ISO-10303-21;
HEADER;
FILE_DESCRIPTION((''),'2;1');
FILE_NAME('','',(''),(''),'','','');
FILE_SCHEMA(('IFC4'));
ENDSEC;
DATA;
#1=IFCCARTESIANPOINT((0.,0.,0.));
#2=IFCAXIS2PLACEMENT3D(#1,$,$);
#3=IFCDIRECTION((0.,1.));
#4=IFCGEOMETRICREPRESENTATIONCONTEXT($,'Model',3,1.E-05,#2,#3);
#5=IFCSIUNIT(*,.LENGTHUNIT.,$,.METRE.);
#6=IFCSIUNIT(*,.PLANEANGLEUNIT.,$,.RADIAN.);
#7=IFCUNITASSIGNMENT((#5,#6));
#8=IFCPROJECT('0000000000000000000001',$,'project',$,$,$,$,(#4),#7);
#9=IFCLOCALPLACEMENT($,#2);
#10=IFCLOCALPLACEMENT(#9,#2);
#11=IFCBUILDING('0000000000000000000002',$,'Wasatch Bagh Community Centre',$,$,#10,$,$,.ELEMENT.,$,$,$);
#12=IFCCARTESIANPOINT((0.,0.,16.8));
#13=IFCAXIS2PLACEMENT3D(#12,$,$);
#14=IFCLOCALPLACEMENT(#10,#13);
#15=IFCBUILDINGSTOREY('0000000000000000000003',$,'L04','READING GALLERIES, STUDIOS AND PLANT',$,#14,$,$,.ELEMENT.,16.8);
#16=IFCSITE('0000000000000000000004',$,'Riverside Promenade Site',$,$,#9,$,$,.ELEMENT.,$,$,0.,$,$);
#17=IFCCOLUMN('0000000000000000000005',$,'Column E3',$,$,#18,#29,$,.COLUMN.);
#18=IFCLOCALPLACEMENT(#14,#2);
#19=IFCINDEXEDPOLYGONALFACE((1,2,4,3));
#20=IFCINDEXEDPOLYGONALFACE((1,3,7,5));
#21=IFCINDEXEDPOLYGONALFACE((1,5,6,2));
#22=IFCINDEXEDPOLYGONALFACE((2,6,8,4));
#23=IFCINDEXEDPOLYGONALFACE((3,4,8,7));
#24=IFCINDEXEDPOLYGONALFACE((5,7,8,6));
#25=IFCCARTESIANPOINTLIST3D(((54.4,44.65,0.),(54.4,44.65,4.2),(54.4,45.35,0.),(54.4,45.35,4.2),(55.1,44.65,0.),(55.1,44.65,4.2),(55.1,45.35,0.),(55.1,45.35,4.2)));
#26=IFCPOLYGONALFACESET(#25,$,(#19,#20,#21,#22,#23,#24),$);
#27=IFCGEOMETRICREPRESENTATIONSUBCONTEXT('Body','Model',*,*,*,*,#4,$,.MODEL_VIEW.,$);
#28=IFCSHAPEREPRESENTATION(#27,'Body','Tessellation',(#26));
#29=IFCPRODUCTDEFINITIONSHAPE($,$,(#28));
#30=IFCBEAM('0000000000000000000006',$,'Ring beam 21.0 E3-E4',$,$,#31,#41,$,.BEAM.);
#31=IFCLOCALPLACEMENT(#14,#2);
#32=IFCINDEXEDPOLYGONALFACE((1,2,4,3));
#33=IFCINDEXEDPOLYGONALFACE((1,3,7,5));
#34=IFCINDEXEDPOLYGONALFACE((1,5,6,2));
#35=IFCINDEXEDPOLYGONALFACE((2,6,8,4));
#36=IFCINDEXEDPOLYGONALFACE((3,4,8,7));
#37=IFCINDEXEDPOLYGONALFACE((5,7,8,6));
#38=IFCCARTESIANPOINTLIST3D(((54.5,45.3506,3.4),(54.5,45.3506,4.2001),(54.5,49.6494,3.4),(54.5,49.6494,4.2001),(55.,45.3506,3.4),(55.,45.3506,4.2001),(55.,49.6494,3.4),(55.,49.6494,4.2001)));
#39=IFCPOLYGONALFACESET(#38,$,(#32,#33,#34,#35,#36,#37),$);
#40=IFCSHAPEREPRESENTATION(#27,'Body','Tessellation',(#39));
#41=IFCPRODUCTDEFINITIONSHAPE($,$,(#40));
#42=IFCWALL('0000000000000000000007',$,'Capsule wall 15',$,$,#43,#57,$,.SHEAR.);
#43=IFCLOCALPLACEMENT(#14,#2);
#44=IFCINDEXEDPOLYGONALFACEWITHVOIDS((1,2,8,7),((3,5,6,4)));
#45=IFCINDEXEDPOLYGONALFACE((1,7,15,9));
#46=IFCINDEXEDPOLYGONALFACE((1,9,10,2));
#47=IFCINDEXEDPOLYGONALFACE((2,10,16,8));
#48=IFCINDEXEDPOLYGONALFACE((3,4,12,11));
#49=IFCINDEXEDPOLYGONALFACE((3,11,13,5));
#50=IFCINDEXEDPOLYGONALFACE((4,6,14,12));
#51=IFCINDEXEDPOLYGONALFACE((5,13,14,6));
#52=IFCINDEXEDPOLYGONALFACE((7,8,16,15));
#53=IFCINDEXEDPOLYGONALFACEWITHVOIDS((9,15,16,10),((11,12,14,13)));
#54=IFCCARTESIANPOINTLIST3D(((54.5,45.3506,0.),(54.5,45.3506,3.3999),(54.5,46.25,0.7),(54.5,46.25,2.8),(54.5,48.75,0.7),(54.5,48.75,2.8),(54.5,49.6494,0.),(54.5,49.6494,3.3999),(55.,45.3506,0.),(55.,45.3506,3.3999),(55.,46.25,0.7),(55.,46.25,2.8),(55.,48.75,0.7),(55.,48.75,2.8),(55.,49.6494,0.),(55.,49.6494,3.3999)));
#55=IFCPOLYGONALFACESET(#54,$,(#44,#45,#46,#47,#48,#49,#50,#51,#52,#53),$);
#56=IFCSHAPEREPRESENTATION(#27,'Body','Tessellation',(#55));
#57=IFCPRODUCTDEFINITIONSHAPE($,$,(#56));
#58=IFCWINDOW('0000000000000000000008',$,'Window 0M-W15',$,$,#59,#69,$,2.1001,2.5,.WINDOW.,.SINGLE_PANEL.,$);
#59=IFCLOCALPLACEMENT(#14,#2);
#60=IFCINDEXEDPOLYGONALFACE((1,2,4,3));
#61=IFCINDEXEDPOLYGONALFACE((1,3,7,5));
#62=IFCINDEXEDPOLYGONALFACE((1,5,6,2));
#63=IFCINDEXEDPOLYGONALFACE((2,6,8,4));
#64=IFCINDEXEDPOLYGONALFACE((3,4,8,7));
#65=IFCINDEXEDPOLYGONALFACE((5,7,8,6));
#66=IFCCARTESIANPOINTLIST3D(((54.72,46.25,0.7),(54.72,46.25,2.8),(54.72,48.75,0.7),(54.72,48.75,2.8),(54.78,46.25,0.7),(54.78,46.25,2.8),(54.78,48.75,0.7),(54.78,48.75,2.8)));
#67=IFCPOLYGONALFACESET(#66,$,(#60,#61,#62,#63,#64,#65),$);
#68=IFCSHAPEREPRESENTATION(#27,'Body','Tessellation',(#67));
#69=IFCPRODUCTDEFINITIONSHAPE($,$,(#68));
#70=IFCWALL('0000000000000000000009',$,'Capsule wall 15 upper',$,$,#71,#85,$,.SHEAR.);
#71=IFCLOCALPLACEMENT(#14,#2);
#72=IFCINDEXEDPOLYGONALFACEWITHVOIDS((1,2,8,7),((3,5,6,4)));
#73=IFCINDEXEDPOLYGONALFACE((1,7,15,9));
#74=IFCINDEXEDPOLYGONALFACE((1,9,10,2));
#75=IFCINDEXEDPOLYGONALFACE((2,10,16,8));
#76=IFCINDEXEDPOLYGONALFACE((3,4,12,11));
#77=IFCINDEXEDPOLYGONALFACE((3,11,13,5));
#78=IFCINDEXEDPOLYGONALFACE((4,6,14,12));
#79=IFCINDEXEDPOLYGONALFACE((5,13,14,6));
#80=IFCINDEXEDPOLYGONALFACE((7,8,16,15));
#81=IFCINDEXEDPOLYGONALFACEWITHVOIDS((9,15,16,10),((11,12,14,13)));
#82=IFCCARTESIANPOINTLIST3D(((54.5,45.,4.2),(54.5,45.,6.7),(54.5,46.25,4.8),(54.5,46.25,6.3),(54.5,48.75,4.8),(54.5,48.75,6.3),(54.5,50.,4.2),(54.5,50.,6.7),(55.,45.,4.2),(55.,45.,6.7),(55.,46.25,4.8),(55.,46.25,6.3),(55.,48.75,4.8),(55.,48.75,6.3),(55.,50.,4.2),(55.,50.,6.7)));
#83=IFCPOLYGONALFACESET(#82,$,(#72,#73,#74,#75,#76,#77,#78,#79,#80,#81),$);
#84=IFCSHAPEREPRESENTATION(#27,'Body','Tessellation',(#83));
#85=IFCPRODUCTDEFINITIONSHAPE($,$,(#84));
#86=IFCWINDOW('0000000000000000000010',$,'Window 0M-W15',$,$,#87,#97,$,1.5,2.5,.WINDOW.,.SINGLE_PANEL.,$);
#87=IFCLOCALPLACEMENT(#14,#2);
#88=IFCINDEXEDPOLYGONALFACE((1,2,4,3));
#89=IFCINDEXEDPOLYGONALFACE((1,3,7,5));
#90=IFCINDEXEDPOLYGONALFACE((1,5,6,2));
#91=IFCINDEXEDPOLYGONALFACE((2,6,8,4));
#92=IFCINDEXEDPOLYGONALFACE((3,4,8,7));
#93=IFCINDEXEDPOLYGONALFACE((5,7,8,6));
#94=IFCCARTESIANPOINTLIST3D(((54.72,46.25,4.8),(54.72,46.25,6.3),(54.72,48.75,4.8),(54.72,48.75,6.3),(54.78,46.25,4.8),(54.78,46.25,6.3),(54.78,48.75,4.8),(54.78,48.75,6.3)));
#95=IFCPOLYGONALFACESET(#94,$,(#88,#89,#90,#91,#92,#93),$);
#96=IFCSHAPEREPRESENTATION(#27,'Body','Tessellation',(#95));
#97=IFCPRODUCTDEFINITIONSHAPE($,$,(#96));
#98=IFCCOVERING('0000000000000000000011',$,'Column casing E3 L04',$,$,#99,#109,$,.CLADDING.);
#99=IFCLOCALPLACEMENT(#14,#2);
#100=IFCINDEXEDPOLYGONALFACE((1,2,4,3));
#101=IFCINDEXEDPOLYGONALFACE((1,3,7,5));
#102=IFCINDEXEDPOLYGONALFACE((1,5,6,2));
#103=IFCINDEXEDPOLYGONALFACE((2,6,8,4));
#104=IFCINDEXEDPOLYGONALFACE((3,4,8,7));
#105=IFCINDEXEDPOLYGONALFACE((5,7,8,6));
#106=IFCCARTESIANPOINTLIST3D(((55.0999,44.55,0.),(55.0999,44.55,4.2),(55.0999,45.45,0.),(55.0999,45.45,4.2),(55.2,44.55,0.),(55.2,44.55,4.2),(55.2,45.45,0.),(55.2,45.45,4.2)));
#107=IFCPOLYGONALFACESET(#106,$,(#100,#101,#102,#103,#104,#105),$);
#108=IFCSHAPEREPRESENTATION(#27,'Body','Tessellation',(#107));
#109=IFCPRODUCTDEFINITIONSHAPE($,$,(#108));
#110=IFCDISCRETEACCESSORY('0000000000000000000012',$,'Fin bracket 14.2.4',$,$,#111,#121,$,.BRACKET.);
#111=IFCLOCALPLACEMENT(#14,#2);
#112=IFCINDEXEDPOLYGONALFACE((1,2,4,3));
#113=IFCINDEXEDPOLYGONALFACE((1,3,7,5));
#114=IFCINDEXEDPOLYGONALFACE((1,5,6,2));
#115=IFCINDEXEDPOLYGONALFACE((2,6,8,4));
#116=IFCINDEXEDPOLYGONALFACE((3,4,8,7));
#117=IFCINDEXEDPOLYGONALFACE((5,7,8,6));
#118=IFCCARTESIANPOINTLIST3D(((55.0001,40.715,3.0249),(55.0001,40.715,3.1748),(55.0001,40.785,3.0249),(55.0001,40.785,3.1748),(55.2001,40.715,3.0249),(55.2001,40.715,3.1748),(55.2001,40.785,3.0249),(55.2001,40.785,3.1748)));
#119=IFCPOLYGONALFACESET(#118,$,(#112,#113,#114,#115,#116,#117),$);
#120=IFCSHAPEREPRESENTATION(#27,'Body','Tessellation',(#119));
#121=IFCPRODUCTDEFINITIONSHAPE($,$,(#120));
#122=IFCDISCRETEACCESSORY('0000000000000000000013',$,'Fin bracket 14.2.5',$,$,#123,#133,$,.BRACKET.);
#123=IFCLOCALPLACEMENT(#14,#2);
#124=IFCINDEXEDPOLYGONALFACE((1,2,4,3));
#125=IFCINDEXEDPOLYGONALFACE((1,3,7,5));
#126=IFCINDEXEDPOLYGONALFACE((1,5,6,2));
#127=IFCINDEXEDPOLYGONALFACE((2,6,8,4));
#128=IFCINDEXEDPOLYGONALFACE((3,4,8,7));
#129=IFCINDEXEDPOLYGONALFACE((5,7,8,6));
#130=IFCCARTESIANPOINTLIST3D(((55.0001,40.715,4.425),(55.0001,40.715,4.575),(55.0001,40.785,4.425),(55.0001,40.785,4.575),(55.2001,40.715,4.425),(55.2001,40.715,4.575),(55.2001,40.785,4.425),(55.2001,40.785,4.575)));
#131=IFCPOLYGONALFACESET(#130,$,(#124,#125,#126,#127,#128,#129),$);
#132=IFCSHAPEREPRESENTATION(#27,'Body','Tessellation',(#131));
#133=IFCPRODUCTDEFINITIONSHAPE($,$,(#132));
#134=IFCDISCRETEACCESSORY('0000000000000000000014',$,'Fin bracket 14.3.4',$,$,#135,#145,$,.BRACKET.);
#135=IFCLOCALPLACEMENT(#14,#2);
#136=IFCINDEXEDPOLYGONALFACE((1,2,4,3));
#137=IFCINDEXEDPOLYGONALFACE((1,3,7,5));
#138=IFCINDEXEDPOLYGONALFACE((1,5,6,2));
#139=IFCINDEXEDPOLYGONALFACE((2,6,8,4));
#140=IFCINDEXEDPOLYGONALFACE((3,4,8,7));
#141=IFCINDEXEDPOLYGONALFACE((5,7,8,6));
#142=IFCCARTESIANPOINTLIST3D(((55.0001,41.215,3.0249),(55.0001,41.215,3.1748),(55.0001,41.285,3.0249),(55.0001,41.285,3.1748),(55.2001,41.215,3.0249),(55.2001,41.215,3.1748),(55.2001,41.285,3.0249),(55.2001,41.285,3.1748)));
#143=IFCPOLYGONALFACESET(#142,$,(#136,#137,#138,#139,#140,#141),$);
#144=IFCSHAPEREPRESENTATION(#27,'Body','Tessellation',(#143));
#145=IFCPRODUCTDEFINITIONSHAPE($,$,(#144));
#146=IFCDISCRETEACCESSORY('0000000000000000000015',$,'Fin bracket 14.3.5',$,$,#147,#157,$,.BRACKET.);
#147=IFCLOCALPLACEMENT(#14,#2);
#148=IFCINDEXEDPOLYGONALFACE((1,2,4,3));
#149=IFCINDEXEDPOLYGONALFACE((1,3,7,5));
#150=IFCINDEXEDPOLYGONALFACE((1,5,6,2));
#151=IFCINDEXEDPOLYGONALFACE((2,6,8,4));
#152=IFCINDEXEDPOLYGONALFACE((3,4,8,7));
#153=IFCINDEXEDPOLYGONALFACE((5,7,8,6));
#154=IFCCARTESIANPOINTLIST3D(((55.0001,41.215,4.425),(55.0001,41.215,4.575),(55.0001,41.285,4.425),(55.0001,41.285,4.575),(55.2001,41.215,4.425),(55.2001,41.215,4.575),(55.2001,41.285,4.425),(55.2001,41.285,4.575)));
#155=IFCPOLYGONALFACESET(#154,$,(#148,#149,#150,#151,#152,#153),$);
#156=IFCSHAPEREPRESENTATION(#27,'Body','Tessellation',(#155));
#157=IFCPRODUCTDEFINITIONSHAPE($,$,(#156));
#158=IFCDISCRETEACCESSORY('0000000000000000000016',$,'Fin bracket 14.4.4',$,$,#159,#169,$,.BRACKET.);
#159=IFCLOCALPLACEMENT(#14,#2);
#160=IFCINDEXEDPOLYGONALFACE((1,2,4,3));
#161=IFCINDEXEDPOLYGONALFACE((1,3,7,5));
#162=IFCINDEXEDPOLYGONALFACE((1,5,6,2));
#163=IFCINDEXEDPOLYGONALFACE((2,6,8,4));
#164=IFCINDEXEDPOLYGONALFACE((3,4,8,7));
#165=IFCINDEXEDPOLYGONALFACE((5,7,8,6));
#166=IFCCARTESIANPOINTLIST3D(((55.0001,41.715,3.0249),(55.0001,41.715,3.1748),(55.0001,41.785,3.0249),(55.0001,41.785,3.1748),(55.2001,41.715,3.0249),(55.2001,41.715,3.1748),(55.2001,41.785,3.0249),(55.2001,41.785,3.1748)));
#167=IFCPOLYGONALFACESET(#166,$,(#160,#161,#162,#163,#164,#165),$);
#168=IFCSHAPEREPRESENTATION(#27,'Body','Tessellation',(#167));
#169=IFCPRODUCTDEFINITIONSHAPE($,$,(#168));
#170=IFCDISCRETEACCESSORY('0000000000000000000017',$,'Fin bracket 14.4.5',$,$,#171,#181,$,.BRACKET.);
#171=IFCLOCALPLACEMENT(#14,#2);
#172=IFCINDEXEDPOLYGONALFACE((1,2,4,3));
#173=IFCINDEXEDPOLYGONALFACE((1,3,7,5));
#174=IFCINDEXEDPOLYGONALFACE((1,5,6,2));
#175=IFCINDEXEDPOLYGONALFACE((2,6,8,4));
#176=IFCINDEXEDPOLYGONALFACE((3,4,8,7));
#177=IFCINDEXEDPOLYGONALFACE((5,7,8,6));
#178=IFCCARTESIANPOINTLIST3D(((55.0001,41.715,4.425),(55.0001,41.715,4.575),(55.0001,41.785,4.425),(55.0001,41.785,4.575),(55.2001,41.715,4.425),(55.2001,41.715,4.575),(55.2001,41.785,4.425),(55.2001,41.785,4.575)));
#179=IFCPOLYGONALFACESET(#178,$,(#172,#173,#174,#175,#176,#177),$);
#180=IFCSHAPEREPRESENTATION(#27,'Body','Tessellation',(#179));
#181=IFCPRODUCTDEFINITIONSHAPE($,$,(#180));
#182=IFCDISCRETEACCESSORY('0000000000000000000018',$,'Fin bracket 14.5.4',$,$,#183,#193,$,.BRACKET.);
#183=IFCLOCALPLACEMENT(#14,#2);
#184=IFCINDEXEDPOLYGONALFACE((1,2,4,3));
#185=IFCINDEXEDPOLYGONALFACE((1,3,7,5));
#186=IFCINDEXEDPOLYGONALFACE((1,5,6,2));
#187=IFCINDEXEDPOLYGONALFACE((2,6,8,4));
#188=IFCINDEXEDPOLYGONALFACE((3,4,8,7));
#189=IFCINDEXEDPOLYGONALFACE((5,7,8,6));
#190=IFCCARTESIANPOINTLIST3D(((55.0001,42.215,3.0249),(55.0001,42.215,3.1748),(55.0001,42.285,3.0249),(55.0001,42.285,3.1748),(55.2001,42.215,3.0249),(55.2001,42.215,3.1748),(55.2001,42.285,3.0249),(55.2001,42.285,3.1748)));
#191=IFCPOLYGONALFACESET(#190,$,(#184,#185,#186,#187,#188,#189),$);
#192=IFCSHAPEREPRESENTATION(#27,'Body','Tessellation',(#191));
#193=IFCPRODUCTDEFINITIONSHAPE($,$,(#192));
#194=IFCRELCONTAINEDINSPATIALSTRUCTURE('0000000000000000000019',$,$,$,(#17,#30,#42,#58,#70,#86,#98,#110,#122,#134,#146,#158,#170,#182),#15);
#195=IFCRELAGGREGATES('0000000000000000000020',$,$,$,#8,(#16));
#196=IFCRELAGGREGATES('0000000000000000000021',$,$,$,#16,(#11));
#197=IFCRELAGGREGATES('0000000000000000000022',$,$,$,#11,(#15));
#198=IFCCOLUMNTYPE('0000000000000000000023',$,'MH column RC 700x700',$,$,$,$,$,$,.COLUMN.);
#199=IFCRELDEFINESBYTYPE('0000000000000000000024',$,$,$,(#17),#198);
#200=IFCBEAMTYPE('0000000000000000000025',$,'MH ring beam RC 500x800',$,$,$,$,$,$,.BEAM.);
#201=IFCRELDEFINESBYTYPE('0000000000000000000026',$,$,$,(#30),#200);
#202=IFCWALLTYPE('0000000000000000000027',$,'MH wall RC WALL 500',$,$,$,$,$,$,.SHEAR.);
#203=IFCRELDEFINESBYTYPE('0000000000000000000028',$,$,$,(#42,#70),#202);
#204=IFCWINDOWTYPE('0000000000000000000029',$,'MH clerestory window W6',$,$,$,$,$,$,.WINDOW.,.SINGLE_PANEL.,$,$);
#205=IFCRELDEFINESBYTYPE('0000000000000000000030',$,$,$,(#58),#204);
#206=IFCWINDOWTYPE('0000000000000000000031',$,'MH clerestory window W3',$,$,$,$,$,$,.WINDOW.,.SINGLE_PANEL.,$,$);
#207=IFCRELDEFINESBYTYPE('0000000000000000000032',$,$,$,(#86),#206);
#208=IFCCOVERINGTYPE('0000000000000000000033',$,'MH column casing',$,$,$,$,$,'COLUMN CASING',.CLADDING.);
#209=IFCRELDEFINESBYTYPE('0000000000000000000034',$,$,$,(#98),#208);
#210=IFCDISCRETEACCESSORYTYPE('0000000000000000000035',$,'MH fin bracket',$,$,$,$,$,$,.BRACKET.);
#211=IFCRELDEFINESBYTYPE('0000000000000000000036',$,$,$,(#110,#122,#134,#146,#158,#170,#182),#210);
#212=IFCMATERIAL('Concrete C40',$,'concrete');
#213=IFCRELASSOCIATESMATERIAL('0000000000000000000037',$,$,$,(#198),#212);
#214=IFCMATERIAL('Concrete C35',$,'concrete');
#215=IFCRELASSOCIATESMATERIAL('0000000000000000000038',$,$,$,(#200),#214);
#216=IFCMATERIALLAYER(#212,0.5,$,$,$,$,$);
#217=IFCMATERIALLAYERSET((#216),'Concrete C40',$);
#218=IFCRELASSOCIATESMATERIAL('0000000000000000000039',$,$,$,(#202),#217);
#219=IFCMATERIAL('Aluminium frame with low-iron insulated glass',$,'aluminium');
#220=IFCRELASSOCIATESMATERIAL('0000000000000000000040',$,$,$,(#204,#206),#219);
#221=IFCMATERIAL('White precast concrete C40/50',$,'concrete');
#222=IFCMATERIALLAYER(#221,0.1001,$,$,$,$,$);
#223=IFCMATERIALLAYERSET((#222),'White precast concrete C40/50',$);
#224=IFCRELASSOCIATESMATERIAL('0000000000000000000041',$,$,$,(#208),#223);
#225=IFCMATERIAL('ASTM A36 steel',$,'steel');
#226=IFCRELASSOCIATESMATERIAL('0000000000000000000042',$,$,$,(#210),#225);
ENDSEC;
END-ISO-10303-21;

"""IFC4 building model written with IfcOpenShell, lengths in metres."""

from ifc_helpers import new_model, si_unit, direction, frame, frame_2d, origin, origin_2d, place, context, subcontext, project, spatial, rectangle, extrude, material, layer, layer_set, material_profile, profile_set, type_object, element, fill, save


model = new_model("IFC4")

# Units and contexts
model_context = context("Model", 3, precision=1e-05, world=origin(), true_north=direction((0.0, 1.0)))
body_context = subcontext(model_context, "Body", "Model", "MODEL_VIEW")
ifc_project = project(units=[si_unit("LENGTHUNIT", "METRE"), si_unit("PLANEANGLEUNIT", "RADIAN")], contexts=[model_context])

# Site, building, storey
site_placement = place(None, origin())
site = spatial("IfcSite", under=ifc_project, at=site_placement, Name="Riverside Promenade Site", CompositionType="ELEMENT", RefElevation=0.0)
building_placement = place(site_placement, origin())
building = spatial("IfcBuilding", under=site, at=building_placement, Name="Wasatch Bagh Community Centre", CompositionType="ELEMENT")
storey_placement = place(building_placement, frame((0.0, 0.0, 16.8)))
storey = spatial("IfcBuildingStorey", under=building, at=storey_placement, Name="L04", Description="READING GALLERIES, STUDIOS AND PLANT", CompositionType="ELEMENT", Elevation=16.8)

# Column
ifc_material_1 = material(Name="Concrete C40", Category="concrete")
ifc_material_profile_1 = material_profile(ifc_material_1, rectangle(XDim=0.7, YDim=0.7, at=origin_2d()), Name="RC 700x700")
ifc_profile_set_1 = profile_set([ifc_material_profile_1], Name="Concrete C40")
column_type = type_object("IfcColumnType", Name="MH column RC 700x700", PredefinedType="COLUMN", material=ifc_profile_set_1)
column_placement = place(storey_placement, frame((54.75, 45.0, 0.0), z_axis=(0.0, 0.0, 1.0), x_axis=(1.0, 0.0, 0.0)))
element("IfcColumn", 1, at=column_placement, inside=storey, type_object=column_type, Name="Column E3", PredefinedType="COLUMN", context=body_context, shape_type="SweptSolid", body=[
    extrude(rectangle(XDim=0.7, YDim=0.7, at=origin_2d()), origin(), (0.0, 0.0, 1.0), 4.2),
])

# Beam
ifc_material_2 = material(Name="Concrete C35", Category="concrete")
ifc_material_profile_2 = material_profile(ifc_material_2, rectangle(XDim=0.5, YDim=0.8, at=origin_2d()), Name="RC 500x800")
ifc_profile_set_2 = profile_set([ifc_material_profile_2], Name="Concrete C35")
beam_type = type_object("IfcBeamType", Name="MH ring beam RC 500x800", PredefinedType="BEAM", material=ifc_profile_set_2)
beam_placement = place(storey_placement, frame((54.75, 45.3506, 3.8), z_axis=(0.0, 1.0, 0.0), x_axis=(-1.0, 0.0, 0.0)))
element("IfcBeam", 2, at=beam_placement, inside=storey, type_object=beam_type, Name="Ring beam 21.0 E3-E4", PredefinedType="BEAM", context=body_context, shape_type="SweptSolid", body=[
    extrude(rectangle(XDim=0.5, YDim=0.8, at=origin_2d()), origin(), (0.0, 0.0, 1.0), 4.2988),
])

# Walls, openings, windows
ifc_layer_1 = layer(ifc_material_1, 0.5)
ifc_layer_set_1 = layer_set([ifc_layer_1], Name="Concrete C40")
wall_type = type_object("IfcWallType", Name="MH wall RC WALL 500", PredefinedType="SHEAR", material=ifc_layer_set_1)
wall_1_placement = place(storey_placement, frame((54.75, 45.3506, 0.0), z_axis=(0.0, 0.0, 1.0), x_axis=(0.0, 1.0, 0.0)))
wall_1 = element("IfcWall", 3, at=wall_1_placement, inside=storey, type_object=wall_type, Name="Capsule wall 15", PredefinedType="SHEAR", context=body_context, shape_type="SweptSolid", body=[
    extrude(rectangle(XDim=4.2988, YDim=0.5, at=frame_2d((2.1494, 0.0))), origin(), (0.0, 0.0, 1.0), 3.3999),
])
opening_1_placement = place(wall_1_placement, frame((0.8994, 0.0, 0.7)))
opening_1 = element("IfcOpeningElement", 4, at=opening_1_placement, cuts=wall_1, PredefinedType="OPENING", context=body_context, shape_type="SweptSolid", body=[
    extrude(rectangle(XDim=2.5, YDim=2.1001, at=frame_2d((1.25, 1.05))), frame((0.0, 0.26, 0.0), z_axis=(0.0, -1.0, 0.0), x_axis=(1.0, 0.0, 0.0)), (0.0, 0.0, 1.0), 0.52),
])
ifc_material_3 = material(Name="Aluminium frame with low-iron insulated glass", Category="aluminium")
window_type_1 = type_object("IfcWindowType", Name="MH clerestory window W6", PartitioningType="SINGLE_PANEL", PredefinedType="WINDOW", material=ifc_material_3)
window_1_placement = place(opening_1_placement, origin())
window_1 = element("IfcWindow", 5, at=window_1_placement, inside=storey, type_object=window_type_1, Name="Window 0M-W15", OverallHeight=2.1001, OverallWidth=2.5, PartitioningType="SINGLE_PANEL", PredefinedType="WINDOW", context=body_context, shape_type="SweptSolid", body=[
    extrude(rectangle(XDim=2.5, YDim=2.1001, at=frame_2d((1.25, 1.05))), frame((0.0, 0.03, 0.0), z_axis=(0.0, -1.0, 0.0), x_axis=(1.0, 0.0, 0.0)), (0.0, 0.0, 1.0), 0.0601),
])
fill(opening_1, window_1)
wall_2_placement = place(storey_placement, frame((54.75, 45.0, 4.2), z_axis=(0.0, 0.0, 1.0), x_axis=(0.0, 1.0, 0.0)))
wall_2 = element("IfcWall", 6, at=wall_2_placement, inside=storey, type_object=wall_type, Name="Capsule wall 15 upper", PredefinedType="SHEAR", context=body_context, shape_type="SweptSolid", body=[
    extrude(rectangle(XDim=5.0, YDim=0.5, at=frame_2d((2.5, 0.0))), origin(), (0.0, 0.0, 1.0), 2.5),
])
opening_2_placement = place(wall_2_placement, frame((1.25, 0.0, 0.6001)))
opening_2 = element("IfcOpeningElement", 7, at=opening_2_placement, cuts=wall_2, PredefinedType="OPENING", context=body_context, shape_type="SweptSolid", body=[
    extrude(rectangle(XDim=2.5, YDim=1.5, at=frame_2d((1.25, 0.75))), frame((0.0, 0.26, 0.0), z_axis=(0.0, -1.0, 0.0), x_axis=(1.0, 0.0, 0.0)), (0.0, 0.0, 1.0), 0.52),
])
window_type_2 = type_object("IfcWindowType", Name="MH clerestory window W3", PartitioningType="SINGLE_PANEL", PredefinedType="WINDOW", material=ifc_material_3)
window_2_placement = place(opening_2_placement, origin())
window_2 = element("IfcWindow", 8, at=window_2_placement, inside=storey, type_object=window_type_2, Name="Window 0M-W15", OverallHeight=1.5, OverallWidth=2.5, PartitioningType="SINGLE_PANEL", PredefinedType="WINDOW", context=body_context, shape_type="SweptSolid", body=[
    extrude(rectangle(XDim=2.5, YDim=1.5, at=frame_2d((1.25, 0.75))), frame((0.0, 0.03, 0.0), z_axis=(0.0, -1.0, 0.0), x_axis=(1.0, 0.0, 0.0)), (0.0, 0.0, 1.0), 0.0601),
])
fill(opening_2, window_2)

# Covering
ifc_material_4 = material(Name="White precast concrete C40/50", Category="concrete")
ifc_layer_2 = layer(ifc_material_4, 0.1001)
ifc_layer_set_2 = layer_set([ifc_layer_2], Name="White precast concrete C40/50")
covering_type = type_object("IfcCoveringType", Name="MH column casing", ElementType="COLUMN CASING", PredefinedType="CLADDING", material=ifc_layer_set_2)
covering_placement = place(storey_placement, frame((55.1499, 45.0, 0.0), z_axis=(0.0, 0.0, 1.0), x_axis=(0.0, 1.0, 0.0)))
element("IfcCovering", 9, at=covering_placement, inside=storey, type_object=covering_type, Name="Column casing E3 L04", PredefinedType="CLADDING", context=body_context, shape_type="SweptSolid", body=[
    extrude(rectangle(XDim=0.8999, YDim=0.1001, at=origin_2d()), origin(), (0.0, 0.0, 1.0), 4.2),
])

# Discrete accessories
ifc_material_5 = material(Name="ASTM A36 steel", Category="steel")
discrete_accessory_type = type_object("IfcDiscreteAccessoryType", Name="MH fin bracket", PredefinedType="BRACKET", material=ifc_material_5)
for number, where, z_axis, x_axis, name in (
    (10, (55.1001, 40.75, 3.0249), (0.0, 0.0, 1.0), (0.0, 1.0, 0.0), "Fin bracket 14.2.4"),
    (11, (55.1001, 40.75, 4.425), (0.0, 0.0, 1.0), (0.0, 1.0, 0.0), "Fin bracket 14.2.5"),
    (12, (55.1001, 41.25, 3.0249), (0.0, 0.0, 1.0), (0.0, 1.0, 0.0), "Fin bracket 14.3.4"),
    (13, (55.1001, 41.25, 4.425), (0.0, 0.0, 1.0), (0.0, 1.0, 0.0), "Fin bracket 14.3.5"),
    (14, (55.1001, 41.75, 3.0249), (0.0, 0.0, 1.0), (0.0, 1.0, 0.0), "Fin bracket 14.4.4"),
    (15, (55.1001, 41.75, 4.425), (0.0, 0.0, 1.0), (0.0, 1.0, 0.0), "Fin bracket 14.4.5"),
    (16, (55.1001, 42.25, 3.0249), (0.0, 0.0, 1.0), (0.0, 1.0, 0.0), "Fin bracket 14.5.4"),
):
    element("IfcDiscreteAccessory", number, at=place(storey_placement, frame(where, z_axis=z_axis, x_axis=x_axis)), inside=storey, type_object=discrete_accessory_type, Name=name, PredefinedType="BRACKET", context=body_context, shape_type="SweptSolid", body=[
        extrude(rectangle(XDim=0.0701, YDim=0.2, at=origin_2d()), origin(), (0.0, 0.0, 1.0), 0.1499),
    ])

save(model, "model.ifc")
